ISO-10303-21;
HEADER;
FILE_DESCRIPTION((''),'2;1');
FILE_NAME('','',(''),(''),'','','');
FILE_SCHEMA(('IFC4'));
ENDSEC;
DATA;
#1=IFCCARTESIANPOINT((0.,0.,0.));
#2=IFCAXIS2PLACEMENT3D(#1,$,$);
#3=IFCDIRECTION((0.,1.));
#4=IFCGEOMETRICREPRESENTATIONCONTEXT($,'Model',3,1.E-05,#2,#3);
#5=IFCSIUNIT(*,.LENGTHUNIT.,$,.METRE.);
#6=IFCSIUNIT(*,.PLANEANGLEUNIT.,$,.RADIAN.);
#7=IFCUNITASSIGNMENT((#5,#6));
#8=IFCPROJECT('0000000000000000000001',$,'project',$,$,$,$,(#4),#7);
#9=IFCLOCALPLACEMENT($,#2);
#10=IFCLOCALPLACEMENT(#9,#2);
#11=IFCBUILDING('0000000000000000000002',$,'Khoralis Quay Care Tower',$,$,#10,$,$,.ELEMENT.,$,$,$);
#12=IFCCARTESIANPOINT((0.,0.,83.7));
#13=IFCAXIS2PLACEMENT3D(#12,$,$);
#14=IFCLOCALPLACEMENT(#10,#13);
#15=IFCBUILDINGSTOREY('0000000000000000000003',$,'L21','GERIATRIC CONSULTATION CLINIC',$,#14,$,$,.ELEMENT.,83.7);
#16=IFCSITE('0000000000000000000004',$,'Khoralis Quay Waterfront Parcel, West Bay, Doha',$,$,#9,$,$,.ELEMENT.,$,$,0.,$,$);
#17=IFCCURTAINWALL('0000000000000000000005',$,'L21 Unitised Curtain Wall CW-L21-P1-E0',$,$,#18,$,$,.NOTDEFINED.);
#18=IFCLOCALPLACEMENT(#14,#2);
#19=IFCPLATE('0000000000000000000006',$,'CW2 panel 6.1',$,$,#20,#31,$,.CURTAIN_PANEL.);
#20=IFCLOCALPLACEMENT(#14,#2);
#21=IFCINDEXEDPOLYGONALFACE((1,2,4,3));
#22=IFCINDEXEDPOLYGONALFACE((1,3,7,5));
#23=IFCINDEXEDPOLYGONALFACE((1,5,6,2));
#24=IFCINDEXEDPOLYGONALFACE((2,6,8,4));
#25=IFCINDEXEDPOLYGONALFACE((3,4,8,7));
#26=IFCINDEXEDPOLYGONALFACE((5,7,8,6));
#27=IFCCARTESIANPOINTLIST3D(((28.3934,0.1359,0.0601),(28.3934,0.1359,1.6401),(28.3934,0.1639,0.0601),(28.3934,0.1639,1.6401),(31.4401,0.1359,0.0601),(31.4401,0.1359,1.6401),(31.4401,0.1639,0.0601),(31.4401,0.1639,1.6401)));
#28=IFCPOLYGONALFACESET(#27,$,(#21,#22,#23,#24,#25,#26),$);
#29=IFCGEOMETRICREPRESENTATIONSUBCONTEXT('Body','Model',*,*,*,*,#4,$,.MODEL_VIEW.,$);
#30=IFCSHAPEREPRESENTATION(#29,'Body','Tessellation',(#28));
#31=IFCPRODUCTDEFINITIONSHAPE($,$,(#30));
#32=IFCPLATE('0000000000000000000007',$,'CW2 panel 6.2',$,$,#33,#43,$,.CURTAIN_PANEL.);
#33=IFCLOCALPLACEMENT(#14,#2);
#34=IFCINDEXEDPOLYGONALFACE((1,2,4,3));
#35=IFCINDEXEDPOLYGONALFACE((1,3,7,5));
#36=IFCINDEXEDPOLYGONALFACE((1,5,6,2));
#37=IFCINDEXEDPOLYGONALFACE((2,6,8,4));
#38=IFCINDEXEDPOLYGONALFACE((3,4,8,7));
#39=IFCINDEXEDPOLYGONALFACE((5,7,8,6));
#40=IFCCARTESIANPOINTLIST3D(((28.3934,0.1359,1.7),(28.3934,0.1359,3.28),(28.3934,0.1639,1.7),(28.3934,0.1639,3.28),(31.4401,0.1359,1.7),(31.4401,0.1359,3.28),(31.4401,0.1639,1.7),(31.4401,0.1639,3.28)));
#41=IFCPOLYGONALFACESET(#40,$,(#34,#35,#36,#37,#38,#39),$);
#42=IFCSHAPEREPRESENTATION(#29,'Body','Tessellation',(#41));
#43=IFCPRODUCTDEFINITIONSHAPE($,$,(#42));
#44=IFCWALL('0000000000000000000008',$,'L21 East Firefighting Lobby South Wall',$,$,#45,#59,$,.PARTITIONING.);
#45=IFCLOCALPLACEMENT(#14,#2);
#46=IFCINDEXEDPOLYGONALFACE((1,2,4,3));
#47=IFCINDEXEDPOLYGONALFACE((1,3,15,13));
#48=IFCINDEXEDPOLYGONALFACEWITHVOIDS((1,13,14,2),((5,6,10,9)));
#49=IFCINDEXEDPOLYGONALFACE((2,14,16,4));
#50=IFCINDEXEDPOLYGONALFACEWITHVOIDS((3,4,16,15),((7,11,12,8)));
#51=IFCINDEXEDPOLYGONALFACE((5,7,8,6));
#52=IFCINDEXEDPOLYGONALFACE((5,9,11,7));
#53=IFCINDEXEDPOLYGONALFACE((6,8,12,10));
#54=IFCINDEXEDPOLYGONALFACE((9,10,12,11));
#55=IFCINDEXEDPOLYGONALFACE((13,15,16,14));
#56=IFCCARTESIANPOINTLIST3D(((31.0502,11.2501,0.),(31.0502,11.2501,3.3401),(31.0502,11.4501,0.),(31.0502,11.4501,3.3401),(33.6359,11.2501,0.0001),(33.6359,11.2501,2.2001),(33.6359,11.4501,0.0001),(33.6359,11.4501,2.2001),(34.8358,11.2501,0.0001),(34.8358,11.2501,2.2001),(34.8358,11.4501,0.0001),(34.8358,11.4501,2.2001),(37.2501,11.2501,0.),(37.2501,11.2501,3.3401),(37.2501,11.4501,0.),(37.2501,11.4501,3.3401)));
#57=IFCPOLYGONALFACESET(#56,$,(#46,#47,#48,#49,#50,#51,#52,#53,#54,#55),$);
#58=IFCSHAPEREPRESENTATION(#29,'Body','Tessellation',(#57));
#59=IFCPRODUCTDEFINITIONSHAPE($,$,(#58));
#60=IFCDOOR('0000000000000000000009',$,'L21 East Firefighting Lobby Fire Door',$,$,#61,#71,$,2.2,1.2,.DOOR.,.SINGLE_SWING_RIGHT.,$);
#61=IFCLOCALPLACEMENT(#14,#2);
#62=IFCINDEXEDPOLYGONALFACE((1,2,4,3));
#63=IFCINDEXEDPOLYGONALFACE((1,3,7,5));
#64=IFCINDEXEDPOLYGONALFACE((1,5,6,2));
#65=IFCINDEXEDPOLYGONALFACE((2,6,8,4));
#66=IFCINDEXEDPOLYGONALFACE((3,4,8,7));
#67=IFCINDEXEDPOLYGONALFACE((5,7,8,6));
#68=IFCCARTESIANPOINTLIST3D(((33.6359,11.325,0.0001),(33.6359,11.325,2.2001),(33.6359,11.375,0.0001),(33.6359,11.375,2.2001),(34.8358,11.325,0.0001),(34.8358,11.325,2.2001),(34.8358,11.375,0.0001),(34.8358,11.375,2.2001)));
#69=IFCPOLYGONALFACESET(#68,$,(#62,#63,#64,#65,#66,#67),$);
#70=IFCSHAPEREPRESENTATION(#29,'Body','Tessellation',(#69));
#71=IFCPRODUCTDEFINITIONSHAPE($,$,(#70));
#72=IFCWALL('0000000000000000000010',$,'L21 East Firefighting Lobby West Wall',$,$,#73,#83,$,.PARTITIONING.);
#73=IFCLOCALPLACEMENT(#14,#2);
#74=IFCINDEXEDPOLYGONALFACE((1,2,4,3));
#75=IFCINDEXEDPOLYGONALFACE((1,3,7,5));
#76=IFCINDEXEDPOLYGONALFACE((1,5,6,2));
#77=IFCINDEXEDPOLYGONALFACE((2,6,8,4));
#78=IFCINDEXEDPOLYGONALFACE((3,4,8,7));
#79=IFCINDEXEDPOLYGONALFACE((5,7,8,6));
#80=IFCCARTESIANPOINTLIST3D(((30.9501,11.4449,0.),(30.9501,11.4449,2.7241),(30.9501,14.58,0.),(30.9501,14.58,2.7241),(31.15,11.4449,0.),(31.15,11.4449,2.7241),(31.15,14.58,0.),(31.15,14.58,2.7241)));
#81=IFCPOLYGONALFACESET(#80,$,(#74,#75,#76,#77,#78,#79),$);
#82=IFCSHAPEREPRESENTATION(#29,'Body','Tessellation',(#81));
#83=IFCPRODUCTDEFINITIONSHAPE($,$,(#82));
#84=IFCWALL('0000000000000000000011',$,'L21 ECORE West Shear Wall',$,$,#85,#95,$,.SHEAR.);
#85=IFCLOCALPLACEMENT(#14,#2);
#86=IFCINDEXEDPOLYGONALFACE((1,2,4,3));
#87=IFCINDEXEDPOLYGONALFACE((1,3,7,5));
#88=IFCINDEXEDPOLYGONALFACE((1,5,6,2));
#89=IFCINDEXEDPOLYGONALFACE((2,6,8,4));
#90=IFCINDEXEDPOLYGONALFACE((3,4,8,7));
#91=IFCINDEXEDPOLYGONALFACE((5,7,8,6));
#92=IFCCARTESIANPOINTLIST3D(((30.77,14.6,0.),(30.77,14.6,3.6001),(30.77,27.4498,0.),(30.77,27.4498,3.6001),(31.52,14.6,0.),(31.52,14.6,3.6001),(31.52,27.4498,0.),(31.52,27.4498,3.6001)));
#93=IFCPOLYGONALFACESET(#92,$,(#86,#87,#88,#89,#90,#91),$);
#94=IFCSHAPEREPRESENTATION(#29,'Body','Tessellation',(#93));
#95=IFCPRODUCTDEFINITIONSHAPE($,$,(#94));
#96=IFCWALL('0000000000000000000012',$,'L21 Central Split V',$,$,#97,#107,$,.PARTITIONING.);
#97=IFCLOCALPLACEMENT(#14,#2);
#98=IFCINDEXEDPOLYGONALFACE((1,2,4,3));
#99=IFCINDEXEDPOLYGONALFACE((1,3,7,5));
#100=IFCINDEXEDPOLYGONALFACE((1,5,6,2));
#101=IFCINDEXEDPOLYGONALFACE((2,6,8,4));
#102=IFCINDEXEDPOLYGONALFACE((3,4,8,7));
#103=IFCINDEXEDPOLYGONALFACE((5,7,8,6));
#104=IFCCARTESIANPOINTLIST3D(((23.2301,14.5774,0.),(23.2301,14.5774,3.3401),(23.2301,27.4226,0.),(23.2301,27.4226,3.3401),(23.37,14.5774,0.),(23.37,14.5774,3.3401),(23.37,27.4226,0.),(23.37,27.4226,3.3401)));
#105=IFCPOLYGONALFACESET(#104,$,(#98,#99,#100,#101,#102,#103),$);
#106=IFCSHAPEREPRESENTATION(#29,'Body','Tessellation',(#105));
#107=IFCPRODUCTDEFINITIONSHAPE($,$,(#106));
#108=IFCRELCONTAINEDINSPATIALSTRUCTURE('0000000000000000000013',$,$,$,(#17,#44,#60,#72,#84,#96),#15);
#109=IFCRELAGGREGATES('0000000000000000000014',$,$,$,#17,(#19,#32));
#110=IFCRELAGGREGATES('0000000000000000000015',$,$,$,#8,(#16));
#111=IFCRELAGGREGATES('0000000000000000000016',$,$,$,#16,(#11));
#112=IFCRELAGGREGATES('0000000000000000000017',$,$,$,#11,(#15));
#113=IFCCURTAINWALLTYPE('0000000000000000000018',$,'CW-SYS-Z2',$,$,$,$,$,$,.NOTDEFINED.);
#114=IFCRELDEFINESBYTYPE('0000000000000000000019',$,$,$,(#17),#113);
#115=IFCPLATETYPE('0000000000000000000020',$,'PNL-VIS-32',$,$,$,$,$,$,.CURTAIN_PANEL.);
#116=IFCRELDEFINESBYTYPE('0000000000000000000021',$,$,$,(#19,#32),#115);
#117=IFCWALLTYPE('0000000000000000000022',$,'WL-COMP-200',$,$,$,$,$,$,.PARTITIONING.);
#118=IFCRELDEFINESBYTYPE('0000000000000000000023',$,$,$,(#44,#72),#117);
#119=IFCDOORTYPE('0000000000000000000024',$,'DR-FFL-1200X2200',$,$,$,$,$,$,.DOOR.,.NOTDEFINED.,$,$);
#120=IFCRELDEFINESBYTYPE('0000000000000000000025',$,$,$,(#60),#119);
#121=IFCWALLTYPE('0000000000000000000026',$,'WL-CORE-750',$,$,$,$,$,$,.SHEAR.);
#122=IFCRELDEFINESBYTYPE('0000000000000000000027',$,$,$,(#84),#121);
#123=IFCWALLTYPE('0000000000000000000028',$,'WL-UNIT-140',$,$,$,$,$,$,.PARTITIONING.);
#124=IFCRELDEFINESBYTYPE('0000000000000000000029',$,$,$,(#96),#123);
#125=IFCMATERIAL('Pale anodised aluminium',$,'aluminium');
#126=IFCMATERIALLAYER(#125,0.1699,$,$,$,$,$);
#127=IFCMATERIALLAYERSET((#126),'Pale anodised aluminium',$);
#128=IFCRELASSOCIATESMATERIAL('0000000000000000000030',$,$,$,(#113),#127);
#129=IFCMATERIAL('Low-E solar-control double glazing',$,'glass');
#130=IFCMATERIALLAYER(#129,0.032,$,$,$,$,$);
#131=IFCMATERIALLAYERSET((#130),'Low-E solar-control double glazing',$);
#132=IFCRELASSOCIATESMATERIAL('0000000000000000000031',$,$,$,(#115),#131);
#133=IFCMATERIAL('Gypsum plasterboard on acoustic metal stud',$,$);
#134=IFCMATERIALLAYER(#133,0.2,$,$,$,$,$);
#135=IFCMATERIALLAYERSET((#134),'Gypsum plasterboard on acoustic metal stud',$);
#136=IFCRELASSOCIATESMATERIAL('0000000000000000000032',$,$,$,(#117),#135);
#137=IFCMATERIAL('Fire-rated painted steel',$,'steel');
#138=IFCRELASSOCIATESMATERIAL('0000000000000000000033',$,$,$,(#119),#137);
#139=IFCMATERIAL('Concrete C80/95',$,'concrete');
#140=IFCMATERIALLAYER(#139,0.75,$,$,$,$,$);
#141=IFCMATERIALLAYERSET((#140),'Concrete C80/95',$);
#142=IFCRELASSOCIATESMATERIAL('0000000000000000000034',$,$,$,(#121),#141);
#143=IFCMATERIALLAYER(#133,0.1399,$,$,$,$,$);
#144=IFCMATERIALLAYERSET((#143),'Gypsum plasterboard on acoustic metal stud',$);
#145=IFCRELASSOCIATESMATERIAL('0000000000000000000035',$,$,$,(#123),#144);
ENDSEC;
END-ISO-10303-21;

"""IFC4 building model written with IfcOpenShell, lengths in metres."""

from ifc_helpers import new_model, si_unit, direction, frame, frame_2d, origin, origin_2d, place, context, subcontext, project, spatial, rectangle, extrude, source, transform, mapped, material, layer, layer_set, type_object, element, fill, aggregate, save


model = new_model("IFC4")

# Units and contexts
model_context = context("Model", 3, precision=1e-05, world=origin(), true_north=direction((0.0, 1.0)))
body_context = subcontext(model_context, "Body", "Model", "MODEL_VIEW")
ifc_project = project(units=[si_unit("LENGTHUNIT", "METRE"), si_unit("PLANEANGLEUNIT", "RADIAN")], contexts=[model_context])

# Site, building, storey
site_placement = place(None, origin())
site = spatial("IfcSite", under=ifc_project, at=site_placement, Name="Khoralis Quay Waterfront Parcel, West Bay, Doha", CompositionType="ELEMENT", RefElevation=0.0)
building_placement = place(site_placement, origin())
building = spatial("IfcBuilding", under=site, at=building_placement, Name="Khoralis Quay Care Tower", CompositionType="ELEMENT")
storey_placement = place(building_placement, frame((0.0, 0.0, 83.7)))
storey = spatial("IfcBuildingStorey", under=building, at=storey_placement, Name="L21", Description="GERIATRIC CONSULTATION CLINIC", CompositionType="ELEMENT", Elevation=83.7)

# Curtain wall, plates
ifc_material_1 = material(Name="Pale anodised aluminium", Category="aluminium")
ifc_layer_1 = layer(ifc_material_1, 0.1699)
ifc_layer_set_1 = layer_set([ifc_layer_1], Name="Pale anodised aluminium")
curtain_wall_type = type_object("IfcCurtainWallType", Name="CW-SYS-Z2", PredefinedType="NOTDEFINED", material=ifc_layer_set_1)
curtain_wall_placement = place(storey_placement, origin())
curtain_wall = element("IfcCurtainWall", 1, at=curtain_wall_placement, inside=storey, type_object=curtain_wall_type, Name="L21 Unitised Curtain Wall CW-L21-P1-E0", PredefinedType="NOTDEFINED")
ifc_material_2 = material(Name="Low-E solar-control double glazing", Category="glass")
ifc_layer_2 = layer(ifc_material_2, 0.032)
ifc_layer_set_2 = layer_set([ifc_layer_2], Name="Low-E solar-control double glazing")
plate_type = type_object("IfcPlateType", Name="PNL-VIS-32", PredefinedType="CURTAIN_PANEL", material=ifc_layer_set_2)
shared_shape_1 = source(origin(), body_context, "Body", "SweptSolid", [
    extrude(rectangle(XDim=3.0466, YDim=0.0281, at=origin_2d()), origin(), (0.0, 0.0, 1.0), 1.5801),
])
plate_1_placement = place(storey_placement, frame((29.9167, 0.1499, 0.0601), z_axis=(0.0, 0.0, 1.0), x_axis=(1.0, 0.0, 0.0)))
plate_1 = element("IfcPlate", 2, at=plate_1_placement, type_object=plate_type, Name="CW2 panel 6.1", PredefinedType="CURTAIN_PANEL", context=body_context, shape_type="MappedRepresentation", body=[
    mapped(shared_shape_1, transform((0.0, 0.0, 0.0), scale=1.0)),
])
plate_2_placement = place(storey_placement, frame((29.9167, 0.1499, 1.7), z_axis=(0.0, 0.0, 1.0), x_axis=(1.0, 0.0, 0.0)))
plate_2 = element("IfcPlate", 3, at=plate_2_placement, type_object=plate_type, Name="CW2 panel 6.2", PredefinedType="CURTAIN_PANEL", context=body_context, shape_type="MappedRepresentation", body=[
    mapped(shared_shape_1, transform((0.0, 0.0, 0.0), scale=1.0)),
])
aggregate(curtain_wall, [plate_1, plate_2])

# Wall, opening, door
ifc_material_3 = material(Name="Gypsum plasterboard on acoustic metal stud")
ifc_layer_3 = layer(ifc_material_3, 0.2)
ifc_layer_set_3 = layer_set([ifc_layer_3], Name="Gypsum plasterboard on acoustic metal stud")
wall_type_1 = type_object("IfcWallType", Name="WL-COMP-200", PredefinedType="PARTITIONING", material=ifc_layer_set_3)
wall_1_placement = place(storey_placement, frame((31.05, 11.3501, 0.0), z_axis=(0.0, 0.0, 1.0), x_axis=(1.0, 0.0, 0.0)))
wall_1 = element("IfcWall", 4, at=wall_1_placement, inside=storey, type_object=wall_type_1, Name="L21 East Firefighting Lobby South Wall", PredefinedType="PARTITIONING", context=body_context, shape_type="SweptSolid", body=[
    extrude(rectangle(XDim=6.2, YDim=0.2, at=frame_2d((3.1001, 0.0))), origin(), (0.0, 0.0, 1.0), 3.3401),
])
opening_placement = place(wall_1_placement, frame((2.5857, 0.0, 0.0)))
opening = element("IfcOpeningElement", 5, at=opening_placement, cuts=wall_1, PredefinedType="OPENING", context=body_context, shape_type="SweptSolid", body=[
    extrude(rectangle(XDim=1.2, YDim=2.2, at=frame_2d((0.6001, 1.1001))), frame((0.0, 0.1099, 0.0), z_axis=(0.0, -1.0, 0.0), x_axis=(1.0, 0.0, 0.0)), (0.0, 0.0, 1.0), 0.22),
])
ifc_material_4 = material(Name="Fire-rated painted steel", Category="steel")
door_type = type_object("IfcDoorType", Name="DR-FFL-1200X2200", OperationType="NOTDEFINED", PredefinedType="DOOR", material=ifc_material_4)
shared_shape_2 = source(origin(), body_context, "Body", "SweptSolid", [
    extrude(rectangle(XDim=1.2, YDim=2.2, at=frame_2d((0.6001, 1.1001))), frame((0.0, 0.0249, 0.0), z_axis=(0.0, -1.0, 0.0), x_axis=(1.0, 0.0, 0.0)), (0.0, 0.0, 1.0), 0.05),
])
door_placement = place(opening_placement, origin())
door = element("IfcDoor", 6, at=door_placement, inside=storey, type_object=door_type, Name="L21 East Firefighting Lobby Fire Door", OperationType="SINGLE_SWING_RIGHT", OverallHeight=2.2, OverallWidth=1.2, PredefinedType="DOOR", context=body_context, shape_type="MappedRepresentation", body=[
    mapped(shared_shape_2, transform((0.0, 0.0, 0.0), scale=1.0)),
])
fill(opening, door)

# Walls
wall_2_placement = place(storey_placement, frame((31.05, 11.4451, 0.0), z_axis=(0.0, 0.0, 1.0), x_axis=(0.0, 1.0, 0.0)))
element("IfcWall", 7, at=wall_2_placement, inside=storey, type_object=wall_type_1, Name="L21 East Firefighting Lobby West Wall", PredefinedType="PARTITIONING", context=body_context, shape_type="SweptSolid", body=[
    extrude(rectangle(XDim=3.135, YDim=0.2, at=frame_2d((1.5674, 0.0))), origin(), (0.0, 0.0, 1.0), 2.7241),
])
ifc_material_5 = material(Name="Concrete C80/95", Category="concrete")
ifc_layer_4 = layer(ifc_material_5, 0.75)
ifc_layer_set_4 = layer_set([ifc_layer_4], Name="Concrete C80/95")
wall_type_2 = type_object("IfcWallType", Name="WL-CORE-750", PredefinedType="SHEAR", material=ifc_layer_set_4)
wall_3_placement = place(storey_placement, frame((31.145, 14.6001, 0.0), z_axis=(0.0, 0.0, 1.0), x_axis=(0.0, 1.0, 0.0)))
element("IfcWall", 8, at=wall_3_placement, inside=storey, type_object=wall_type_2, Name="L21 ECORE West Shear Wall", PredefinedType="SHEAR", context=body_context, shape_type="SweptSolid", body=[
    extrude(rectangle(XDim=12.8499, YDim=0.75, at=frame_2d((6.4248, 0.0))), origin(), (0.0, 0.0, 1.0), 3.6001),
])
ifc_layer_5 = layer(ifc_material_3, 0.1399)
ifc_layer_set_5 = layer_set([ifc_layer_5], Name="Gypsum plasterboard on acoustic metal stud")
wall_type_3 = type_object("IfcWallType", Name="WL-UNIT-140", PredefinedType="PARTITIONING", material=ifc_layer_set_5)
wall_4_placement = place(storey_placement, frame((23.3, 14.5774, 0.0), z_axis=(0.0, 0.0, 1.0), x_axis=(0.0, 1.0, 0.0)))
element("IfcWall", 9, at=wall_4_placement, inside=storey, type_object=wall_type_3, Name="L21 Central Split V", PredefinedType="PARTITIONING", context=body_context, shape_type="SweptSolid", body=[
    extrude(rectangle(XDim=12.8452, YDim=0.1399, at=frame_2d((6.4226, 0.0))), origin(), (0.0, 0.0, 1.0), 3.3401),
])

save(model, "model.ifc")
